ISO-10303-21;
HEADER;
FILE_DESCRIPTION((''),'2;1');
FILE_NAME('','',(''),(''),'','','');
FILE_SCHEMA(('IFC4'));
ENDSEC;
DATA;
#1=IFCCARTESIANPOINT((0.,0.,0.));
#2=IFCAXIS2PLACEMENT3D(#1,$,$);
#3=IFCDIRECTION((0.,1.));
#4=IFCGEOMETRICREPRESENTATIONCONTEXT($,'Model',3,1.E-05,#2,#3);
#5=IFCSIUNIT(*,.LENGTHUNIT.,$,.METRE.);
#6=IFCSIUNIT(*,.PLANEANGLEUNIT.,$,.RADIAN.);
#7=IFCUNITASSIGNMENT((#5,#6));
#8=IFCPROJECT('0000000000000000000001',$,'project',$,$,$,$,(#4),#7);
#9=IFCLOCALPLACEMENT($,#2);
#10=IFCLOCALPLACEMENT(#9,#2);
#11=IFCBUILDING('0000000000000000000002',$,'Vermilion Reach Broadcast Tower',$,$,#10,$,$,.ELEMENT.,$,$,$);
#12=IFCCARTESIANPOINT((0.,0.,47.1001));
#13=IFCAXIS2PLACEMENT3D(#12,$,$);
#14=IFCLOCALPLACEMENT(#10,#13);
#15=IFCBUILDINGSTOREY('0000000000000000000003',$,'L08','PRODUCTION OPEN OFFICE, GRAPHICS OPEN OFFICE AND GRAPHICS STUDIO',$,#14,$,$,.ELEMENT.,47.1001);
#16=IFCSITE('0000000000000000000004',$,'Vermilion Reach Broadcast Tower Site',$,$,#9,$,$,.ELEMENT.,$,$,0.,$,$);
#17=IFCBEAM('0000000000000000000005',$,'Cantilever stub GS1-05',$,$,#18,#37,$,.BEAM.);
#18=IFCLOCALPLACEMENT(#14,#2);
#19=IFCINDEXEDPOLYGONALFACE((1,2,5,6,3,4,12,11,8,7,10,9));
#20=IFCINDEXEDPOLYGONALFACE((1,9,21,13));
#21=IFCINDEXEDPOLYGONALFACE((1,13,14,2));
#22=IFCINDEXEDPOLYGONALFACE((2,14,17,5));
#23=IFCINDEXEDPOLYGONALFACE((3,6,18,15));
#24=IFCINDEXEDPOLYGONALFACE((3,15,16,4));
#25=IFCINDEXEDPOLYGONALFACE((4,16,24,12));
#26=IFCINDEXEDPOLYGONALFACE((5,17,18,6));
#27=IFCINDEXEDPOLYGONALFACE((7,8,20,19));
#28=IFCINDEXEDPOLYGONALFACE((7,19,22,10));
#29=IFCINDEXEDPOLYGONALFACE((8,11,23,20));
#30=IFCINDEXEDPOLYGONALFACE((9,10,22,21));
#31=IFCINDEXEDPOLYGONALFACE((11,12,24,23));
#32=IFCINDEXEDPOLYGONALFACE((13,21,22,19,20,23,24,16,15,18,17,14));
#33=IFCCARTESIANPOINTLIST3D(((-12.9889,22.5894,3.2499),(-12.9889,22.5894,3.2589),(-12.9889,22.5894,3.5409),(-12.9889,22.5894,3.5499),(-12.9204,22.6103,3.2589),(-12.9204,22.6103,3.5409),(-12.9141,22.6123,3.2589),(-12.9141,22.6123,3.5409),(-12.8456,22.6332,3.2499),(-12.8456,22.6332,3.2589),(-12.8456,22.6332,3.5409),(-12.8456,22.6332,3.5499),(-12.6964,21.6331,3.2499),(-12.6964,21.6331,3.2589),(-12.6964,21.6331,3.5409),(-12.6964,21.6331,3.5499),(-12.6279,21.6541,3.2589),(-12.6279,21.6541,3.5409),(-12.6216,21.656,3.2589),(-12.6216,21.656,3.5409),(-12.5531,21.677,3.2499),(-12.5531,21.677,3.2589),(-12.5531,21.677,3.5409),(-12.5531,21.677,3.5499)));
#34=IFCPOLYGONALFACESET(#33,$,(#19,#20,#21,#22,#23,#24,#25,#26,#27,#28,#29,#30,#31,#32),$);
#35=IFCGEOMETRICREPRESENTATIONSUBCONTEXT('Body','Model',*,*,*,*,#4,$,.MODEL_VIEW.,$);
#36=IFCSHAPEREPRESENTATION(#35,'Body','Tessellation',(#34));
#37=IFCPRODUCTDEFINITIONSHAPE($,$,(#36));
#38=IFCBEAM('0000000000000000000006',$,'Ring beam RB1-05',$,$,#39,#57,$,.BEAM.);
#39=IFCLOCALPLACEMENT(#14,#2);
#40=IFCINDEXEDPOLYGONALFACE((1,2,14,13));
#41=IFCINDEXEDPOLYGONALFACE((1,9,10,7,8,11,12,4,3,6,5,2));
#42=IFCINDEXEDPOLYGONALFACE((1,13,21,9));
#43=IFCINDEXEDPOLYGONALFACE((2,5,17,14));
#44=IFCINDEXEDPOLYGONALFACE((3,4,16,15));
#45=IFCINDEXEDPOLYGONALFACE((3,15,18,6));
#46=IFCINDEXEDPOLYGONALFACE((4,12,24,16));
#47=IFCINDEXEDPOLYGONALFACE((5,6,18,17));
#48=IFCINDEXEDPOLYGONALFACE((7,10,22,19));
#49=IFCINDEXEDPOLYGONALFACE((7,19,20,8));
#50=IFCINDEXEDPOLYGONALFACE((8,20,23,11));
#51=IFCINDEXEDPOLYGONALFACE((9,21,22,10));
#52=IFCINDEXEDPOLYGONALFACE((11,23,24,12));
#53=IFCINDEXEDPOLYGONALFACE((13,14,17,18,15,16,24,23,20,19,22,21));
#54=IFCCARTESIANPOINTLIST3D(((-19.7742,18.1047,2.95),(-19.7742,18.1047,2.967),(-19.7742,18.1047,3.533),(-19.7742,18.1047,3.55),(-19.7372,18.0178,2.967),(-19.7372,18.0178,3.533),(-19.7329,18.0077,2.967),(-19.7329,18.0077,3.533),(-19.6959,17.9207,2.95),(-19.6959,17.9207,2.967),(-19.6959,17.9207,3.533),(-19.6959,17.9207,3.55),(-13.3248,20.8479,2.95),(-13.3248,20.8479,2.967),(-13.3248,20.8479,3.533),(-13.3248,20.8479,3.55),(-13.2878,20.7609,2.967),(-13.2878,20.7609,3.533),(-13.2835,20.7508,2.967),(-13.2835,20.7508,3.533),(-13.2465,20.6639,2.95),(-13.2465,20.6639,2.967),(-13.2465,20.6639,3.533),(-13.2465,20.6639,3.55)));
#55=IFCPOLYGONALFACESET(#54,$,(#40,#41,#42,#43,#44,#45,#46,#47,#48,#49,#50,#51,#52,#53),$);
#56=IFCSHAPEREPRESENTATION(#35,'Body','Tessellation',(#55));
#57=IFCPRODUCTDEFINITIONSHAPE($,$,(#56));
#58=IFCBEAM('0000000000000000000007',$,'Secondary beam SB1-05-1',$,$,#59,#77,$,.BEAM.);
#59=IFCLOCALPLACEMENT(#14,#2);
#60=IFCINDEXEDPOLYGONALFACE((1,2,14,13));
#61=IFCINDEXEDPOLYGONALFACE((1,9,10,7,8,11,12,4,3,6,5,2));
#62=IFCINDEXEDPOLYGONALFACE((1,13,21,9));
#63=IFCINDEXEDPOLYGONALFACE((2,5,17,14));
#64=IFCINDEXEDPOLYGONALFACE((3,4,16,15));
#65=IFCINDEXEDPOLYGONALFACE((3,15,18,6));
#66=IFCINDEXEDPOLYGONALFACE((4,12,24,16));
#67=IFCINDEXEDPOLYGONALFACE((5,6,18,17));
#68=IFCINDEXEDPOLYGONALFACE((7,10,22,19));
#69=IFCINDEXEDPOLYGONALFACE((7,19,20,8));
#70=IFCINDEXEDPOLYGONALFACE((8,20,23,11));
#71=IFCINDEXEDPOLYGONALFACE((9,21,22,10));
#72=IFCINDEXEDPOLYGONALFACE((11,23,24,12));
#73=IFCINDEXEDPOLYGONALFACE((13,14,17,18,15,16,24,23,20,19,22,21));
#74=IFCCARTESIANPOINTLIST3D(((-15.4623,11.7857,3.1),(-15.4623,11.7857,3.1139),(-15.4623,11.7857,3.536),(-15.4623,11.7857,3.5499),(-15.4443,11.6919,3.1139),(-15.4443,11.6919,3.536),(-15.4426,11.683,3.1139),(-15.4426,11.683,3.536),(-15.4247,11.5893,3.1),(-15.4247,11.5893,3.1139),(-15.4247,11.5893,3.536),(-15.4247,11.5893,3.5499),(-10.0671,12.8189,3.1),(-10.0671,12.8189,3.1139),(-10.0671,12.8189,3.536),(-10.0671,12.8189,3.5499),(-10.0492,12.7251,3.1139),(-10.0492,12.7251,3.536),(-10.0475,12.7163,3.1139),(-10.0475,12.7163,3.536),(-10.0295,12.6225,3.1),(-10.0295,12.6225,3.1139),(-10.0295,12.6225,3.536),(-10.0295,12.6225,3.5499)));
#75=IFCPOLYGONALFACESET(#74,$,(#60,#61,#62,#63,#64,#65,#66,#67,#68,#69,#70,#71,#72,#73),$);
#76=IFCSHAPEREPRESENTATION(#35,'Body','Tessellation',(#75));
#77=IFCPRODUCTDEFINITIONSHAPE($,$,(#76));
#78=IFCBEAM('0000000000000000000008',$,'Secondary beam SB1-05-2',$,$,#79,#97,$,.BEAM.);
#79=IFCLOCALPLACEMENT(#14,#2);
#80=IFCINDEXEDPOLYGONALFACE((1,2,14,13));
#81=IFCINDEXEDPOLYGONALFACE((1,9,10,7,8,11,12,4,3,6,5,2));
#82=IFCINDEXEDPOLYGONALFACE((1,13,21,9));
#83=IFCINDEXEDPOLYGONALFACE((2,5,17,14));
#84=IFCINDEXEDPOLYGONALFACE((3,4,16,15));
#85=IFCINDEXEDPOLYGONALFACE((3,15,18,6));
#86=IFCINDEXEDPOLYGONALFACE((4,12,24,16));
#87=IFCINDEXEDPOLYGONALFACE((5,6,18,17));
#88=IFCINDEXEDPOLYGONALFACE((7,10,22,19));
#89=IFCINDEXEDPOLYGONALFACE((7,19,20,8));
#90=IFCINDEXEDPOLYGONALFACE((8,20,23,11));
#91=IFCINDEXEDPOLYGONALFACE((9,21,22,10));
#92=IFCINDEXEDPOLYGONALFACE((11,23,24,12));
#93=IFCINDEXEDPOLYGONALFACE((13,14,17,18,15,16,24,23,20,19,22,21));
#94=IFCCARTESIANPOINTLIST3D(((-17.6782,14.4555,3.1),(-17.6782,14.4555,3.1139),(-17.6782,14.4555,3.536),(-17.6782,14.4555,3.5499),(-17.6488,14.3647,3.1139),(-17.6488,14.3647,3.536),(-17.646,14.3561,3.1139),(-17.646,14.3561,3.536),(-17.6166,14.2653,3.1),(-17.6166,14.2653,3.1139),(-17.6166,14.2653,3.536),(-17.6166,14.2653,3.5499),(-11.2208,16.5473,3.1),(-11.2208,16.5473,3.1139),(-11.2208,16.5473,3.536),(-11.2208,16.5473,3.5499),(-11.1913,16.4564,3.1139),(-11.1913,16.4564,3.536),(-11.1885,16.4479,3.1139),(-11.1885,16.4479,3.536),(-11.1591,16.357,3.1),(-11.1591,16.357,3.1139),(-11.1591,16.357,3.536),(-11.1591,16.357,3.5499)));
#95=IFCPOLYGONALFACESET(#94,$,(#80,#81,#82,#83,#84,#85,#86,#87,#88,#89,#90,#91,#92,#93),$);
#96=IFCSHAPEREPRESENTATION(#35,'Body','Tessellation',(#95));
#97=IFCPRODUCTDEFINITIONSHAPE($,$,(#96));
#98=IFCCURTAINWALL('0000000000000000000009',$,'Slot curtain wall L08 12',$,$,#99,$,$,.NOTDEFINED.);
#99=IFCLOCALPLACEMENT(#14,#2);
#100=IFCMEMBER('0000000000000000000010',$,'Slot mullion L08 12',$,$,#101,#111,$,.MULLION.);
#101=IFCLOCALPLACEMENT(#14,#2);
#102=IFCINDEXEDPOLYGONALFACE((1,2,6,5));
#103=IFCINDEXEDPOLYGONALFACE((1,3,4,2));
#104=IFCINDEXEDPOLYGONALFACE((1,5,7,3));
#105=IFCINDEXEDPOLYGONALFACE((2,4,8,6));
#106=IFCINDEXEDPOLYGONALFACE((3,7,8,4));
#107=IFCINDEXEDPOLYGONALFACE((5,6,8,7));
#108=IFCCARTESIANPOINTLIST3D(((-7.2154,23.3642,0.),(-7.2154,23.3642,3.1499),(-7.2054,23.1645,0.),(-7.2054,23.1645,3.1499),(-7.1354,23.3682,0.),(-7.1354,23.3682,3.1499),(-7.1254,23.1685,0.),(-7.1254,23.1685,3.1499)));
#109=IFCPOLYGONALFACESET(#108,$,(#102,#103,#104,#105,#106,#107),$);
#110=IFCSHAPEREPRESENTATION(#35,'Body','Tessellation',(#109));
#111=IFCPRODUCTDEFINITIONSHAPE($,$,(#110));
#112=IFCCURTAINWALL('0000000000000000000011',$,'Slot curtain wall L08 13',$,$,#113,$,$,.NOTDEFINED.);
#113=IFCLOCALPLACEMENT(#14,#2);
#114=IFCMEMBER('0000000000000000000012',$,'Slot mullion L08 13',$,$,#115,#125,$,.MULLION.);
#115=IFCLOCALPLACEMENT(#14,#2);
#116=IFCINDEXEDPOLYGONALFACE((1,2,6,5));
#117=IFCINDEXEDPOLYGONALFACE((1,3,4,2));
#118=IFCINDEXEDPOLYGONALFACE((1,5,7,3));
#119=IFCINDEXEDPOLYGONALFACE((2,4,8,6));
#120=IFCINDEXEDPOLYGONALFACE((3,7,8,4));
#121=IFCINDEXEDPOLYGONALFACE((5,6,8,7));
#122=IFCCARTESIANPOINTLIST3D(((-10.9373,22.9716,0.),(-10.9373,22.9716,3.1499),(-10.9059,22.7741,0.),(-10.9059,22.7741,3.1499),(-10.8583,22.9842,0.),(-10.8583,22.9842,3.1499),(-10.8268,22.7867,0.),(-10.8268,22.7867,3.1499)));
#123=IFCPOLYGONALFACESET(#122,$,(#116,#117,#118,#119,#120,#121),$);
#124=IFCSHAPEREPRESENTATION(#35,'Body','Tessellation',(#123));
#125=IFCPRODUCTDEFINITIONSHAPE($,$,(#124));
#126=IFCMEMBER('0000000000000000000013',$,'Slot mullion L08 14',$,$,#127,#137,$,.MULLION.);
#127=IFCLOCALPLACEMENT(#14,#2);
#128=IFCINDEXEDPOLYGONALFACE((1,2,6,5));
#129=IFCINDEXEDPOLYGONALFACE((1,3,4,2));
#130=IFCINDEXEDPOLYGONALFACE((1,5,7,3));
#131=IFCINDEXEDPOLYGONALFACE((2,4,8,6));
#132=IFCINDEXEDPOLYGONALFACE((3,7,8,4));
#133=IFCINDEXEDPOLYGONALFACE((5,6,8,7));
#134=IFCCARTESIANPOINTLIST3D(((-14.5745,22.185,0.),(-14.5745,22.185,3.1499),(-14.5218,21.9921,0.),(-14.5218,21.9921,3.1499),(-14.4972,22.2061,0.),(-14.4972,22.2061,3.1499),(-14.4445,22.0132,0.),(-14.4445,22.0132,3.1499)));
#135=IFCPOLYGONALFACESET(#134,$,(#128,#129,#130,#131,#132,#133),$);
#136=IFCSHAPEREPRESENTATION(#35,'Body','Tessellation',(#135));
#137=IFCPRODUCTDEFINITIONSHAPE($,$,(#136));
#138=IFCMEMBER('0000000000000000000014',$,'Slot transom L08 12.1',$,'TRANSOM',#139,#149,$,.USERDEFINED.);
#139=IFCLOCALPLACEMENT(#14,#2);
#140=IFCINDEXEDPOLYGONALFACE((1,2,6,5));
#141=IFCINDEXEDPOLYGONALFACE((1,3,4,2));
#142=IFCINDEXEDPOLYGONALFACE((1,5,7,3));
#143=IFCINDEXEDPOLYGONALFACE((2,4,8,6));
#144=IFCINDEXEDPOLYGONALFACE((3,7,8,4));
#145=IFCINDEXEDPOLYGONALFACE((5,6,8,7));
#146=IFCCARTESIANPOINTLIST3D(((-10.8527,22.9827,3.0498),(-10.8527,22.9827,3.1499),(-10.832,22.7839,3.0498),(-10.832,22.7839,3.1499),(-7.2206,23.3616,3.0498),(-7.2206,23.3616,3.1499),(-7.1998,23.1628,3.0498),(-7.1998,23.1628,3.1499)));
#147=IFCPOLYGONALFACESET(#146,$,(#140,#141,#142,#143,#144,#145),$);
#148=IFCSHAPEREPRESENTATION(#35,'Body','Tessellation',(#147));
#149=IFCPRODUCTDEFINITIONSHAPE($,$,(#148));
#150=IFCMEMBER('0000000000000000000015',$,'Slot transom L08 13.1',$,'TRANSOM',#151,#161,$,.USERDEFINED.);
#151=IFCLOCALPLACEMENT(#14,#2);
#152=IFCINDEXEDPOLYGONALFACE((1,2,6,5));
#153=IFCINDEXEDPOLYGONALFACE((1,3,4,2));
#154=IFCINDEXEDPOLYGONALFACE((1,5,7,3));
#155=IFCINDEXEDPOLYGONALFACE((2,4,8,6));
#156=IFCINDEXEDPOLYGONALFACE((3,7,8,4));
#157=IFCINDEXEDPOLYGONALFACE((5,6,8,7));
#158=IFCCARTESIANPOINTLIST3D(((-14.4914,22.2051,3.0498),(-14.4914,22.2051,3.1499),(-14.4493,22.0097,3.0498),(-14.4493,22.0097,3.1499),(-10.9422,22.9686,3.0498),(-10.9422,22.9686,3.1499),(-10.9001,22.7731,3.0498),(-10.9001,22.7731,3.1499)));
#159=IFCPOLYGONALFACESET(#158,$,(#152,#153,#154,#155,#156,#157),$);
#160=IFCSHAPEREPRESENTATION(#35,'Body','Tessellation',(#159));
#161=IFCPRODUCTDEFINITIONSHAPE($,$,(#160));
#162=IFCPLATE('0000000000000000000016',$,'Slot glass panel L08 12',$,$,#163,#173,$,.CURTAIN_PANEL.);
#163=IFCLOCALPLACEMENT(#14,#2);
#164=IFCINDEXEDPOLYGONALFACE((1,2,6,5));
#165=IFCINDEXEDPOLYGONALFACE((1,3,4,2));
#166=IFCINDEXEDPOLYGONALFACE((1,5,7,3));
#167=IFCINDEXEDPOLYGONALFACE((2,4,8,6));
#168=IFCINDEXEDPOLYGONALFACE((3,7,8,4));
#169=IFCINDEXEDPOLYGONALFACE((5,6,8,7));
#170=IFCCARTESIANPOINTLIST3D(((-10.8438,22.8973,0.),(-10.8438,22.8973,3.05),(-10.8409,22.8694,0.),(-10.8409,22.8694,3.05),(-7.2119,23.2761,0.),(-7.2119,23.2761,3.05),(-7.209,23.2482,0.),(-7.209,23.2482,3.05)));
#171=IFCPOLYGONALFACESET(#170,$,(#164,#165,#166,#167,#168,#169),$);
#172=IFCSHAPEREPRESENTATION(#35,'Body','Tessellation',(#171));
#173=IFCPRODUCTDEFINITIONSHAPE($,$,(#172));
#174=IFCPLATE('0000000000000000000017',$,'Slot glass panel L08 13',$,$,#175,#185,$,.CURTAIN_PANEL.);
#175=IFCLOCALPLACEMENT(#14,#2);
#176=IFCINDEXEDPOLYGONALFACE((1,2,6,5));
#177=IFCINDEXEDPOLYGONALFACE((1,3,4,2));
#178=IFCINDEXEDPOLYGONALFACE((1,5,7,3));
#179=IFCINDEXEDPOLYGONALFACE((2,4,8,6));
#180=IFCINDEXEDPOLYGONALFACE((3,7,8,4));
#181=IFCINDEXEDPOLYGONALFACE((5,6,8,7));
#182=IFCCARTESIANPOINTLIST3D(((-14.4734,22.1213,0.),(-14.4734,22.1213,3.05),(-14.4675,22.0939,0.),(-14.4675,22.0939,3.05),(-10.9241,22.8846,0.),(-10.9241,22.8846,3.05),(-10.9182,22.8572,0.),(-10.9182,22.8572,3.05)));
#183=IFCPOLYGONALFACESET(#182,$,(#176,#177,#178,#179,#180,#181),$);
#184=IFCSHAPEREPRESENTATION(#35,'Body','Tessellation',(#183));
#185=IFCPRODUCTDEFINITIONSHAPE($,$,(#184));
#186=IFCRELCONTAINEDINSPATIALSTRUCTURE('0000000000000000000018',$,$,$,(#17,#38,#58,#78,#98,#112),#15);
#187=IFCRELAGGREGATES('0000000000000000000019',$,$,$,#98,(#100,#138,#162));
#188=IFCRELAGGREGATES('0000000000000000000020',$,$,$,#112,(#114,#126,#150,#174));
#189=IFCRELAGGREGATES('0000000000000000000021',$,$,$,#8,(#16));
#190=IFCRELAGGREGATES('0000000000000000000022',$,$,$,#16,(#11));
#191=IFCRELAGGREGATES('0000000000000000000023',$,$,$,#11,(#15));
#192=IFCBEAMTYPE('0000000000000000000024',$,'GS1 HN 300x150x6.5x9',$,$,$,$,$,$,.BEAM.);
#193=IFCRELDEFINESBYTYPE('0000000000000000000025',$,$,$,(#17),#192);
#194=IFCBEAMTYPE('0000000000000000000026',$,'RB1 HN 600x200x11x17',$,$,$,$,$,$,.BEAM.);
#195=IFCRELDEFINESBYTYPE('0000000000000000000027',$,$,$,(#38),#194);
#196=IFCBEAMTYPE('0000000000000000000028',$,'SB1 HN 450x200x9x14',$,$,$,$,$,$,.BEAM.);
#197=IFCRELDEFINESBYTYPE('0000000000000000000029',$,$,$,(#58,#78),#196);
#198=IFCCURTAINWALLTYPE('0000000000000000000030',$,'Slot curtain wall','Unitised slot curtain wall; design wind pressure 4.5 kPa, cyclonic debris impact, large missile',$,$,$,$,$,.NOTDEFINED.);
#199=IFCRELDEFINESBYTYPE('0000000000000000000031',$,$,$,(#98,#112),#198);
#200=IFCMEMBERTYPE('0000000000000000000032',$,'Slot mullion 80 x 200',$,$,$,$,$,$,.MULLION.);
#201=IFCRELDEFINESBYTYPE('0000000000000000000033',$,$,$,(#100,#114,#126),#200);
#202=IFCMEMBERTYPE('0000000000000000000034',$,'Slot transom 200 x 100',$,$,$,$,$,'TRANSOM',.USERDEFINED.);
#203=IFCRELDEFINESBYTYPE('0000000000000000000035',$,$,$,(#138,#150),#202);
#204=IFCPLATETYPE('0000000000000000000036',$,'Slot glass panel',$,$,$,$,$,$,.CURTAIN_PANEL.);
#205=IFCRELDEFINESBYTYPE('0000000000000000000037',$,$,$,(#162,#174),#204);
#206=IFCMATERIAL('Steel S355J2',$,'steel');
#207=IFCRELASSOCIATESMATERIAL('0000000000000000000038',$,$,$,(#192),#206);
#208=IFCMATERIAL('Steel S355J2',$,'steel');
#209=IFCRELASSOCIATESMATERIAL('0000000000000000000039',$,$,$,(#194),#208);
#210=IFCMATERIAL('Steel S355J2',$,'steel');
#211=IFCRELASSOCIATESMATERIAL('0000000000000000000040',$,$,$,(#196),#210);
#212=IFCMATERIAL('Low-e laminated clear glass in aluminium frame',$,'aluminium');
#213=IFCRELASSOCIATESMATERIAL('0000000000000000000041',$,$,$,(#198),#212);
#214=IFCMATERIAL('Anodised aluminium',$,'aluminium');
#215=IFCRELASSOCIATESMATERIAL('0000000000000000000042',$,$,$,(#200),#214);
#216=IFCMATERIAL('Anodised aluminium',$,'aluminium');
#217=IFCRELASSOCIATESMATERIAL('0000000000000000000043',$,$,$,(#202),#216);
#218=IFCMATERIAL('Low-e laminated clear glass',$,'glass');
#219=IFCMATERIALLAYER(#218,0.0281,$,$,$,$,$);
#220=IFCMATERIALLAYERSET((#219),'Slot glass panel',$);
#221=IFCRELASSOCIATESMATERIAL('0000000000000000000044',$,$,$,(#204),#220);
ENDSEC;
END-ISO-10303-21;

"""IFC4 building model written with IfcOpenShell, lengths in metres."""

from ifc_helpers import new_model, si_unit, direction, frame, origin, origin_2d, place, context, subcontext, project, spatial, rectangle, i_section, extrude, material, layer, layer_set, material_profile, profile_set, type_object, element, aggregate, save


model = new_model("IFC4")

# Units and contexts
model_context = context("Model", 3, precision=1e-05, world=origin(), true_north=direction((0.0, 1.0)))
body_context = subcontext(model_context, "Body", "Model", "MODEL_VIEW")
ifc_project = project(units=[si_unit("LENGTHUNIT", "METRE"), si_unit("PLANEANGLEUNIT", "RADIAN")], contexts=[model_context])

# Site, building, storey
site_placement = place(None, origin())
site = spatial("IfcSite", under=ifc_project, at=site_placement, Name="Vermilion Reach Broadcast Tower Site", CompositionType="ELEMENT", RefElevation=0.0)
building_placement = place(site_placement, origin())
building = spatial("IfcBuilding", under=site, at=building_placement, Name="Vermilion Reach Broadcast Tower", CompositionType="ELEMENT")
storey_placement = place(building_placement, frame((0.0, 0.0, 47.1001)))
storey = spatial("IfcBuildingStorey", under=building, at=storey_placement, Name="L08", Description="PRODUCTION OPEN OFFICE, GRAPHICS OPEN OFFICE AND GRAPHICS STUDIO", CompositionType="ELEMENT", Elevation=47.1001)

# Beams
ifc_material_1 = material(Name="Steel S355J2", Category="steel")
ifc_material_profile_1 = material_profile(ifc_material_1, i_section(OverallWidth=0.1499, OverallDepth=0.3, WebThickness=0.0066, FlangeThickness=0.009, at=origin_2d()), Name="S355J2 HN 300x150x6.5x9")
ifc_profile_set_1 = profile_set([ifc_material_profile_1], Name="Steel S355J2")
beam_type_1 = type_object("IfcBeamType", Name="GS1 HN 300x150x6.5x9", PredefinedType="BEAM", material=ifc_profile_set_1)
beam_1_placement = place(storey_placement, frame((-12.6248, 21.655, 3.3999), z_axis=(-0.292473, 0.956274, 0.0), x_axis=(-0.956274, -0.292473, 0.0)))
element("IfcBeam", 1, at=beam_1_placement, inside=storey, type_object=beam_type_1, Name="Cantilever stub GS1-05", PredefinedType="BEAM", context=body_context, shape_type="SweptSolid", body=[
    extrude(i_section(OverallWidth=0.1499, OverallDepth=0.3, WebThickness=0.0066, FlangeThickness=0.009, at=origin_2d()), origin(), (0.0, 0.0, 1.0), 1.0),
])
ifc_material_2 = material(Name="Steel S355J2", Category="steel")
ifc_material_profile_2 = material_profile(ifc_material_2, i_section(OverallWidth=0.2, OverallDepth=0.6001, WebThickness=0.011, FlangeThickness=0.0171, at=origin_2d()), Name="S355J2 HN 600x200x11x17")
ifc_profile_set_2 = profile_set([ifc_material_profile_2], Name="Steel S355J2")
beam_type_2 = type_object("IfcBeamType", Name="RB1 HN 600x200x11x17", PredefinedType="BEAM", material=ifc_profile_set_2)
beam_2_placement = place(storey_placement, frame((-13.2856, 20.7559, 3.25), z_axis=(-0.920221, -0.3914, 0.0), x_axis=(0.3914, -0.920221, 0.0)))
element("IfcBeam", 2, at=beam_2_placement, inside=storey, type_object=beam_type_2, Name="Ring beam RB1-05", PredefinedType="BEAM", context=body_context, shape_type="SweptSolid", body=[
    extrude(i_section(OverallWidth=0.2, OverallDepth=0.6001, WebThickness=0.011, FlangeThickness=0.0171, at=origin_2d()), origin(), (0.0, 0.0, 1.0), 7.0085),
])
ifc_material_3 = material(Name="Steel S355J2", Category="steel")
ifc_material_profile_3 = material_profile(ifc_material_3, i_section(OverallWidth=0.2, OverallDepth=0.45, WebThickness=0.009, FlangeThickness=0.0139, at=origin_2d()), Name="S355J2 HN 450x200x9x14")
ifc_profile_set_3 = profile_set([ifc_material_profile_3], Name="Steel S355J2")
beam_type_3 = type_object("IfcBeamType", Name="SB1 HN 450x200x9x14", PredefinedType="BEAM", material=ifc_profile_set_3)
beam_3_placement = place(storey_placement, frame((-10.0483, 12.7207, 3.325), z_axis=(-0.982151, -0.188092, 0.0), x_axis=(0.188092, -0.982151, 0.0)))
element("IfcBeam", 3, at=beam_3_placement, inside=storey, type_object=beam_type_3, Name="Secondary beam SB1-05-1", PredefinedType="BEAM", context=body_context, shape_type="SweptSolid", body=[
    extrude(i_section(OverallWidth=0.2, OverallDepth=0.45, WebThickness=0.009, FlangeThickness=0.0139, at=origin_2d()), origin(), (0.0, 0.0, 1.0), 5.4932),
])
beam_4_placement = place(storey_placement, frame((-11.1899, 16.4521, 3.325), z_axis=(-0.951332, -0.308167, 0.0), x_axis=(0.308167, -0.951332, 0.0)))
element("IfcBeam", 4, at=beam_4_placement, inside=storey, type_object=beam_type_3, Name="Secondary beam SB1-05-2", PredefinedType="BEAM", context=body_context, shape_type="SweptSolid", body=[
    extrude(i_section(OverallWidth=0.2, OverallDepth=0.45, WebThickness=0.009, FlangeThickness=0.0139, at=origin_2d()), origin(), (0.0, 0.0, 1.0), 6.7878),
])

# Curtain wall, member
ifc_material_4 = material(Name="Low-e laminated clear glass in aluminium frame", Category="aluminium")
curtain_wall_type = type_object("IfcCurtainWallType", Name="Slot curtain wall", Description="Unitised slot curtain wall; design wind pressure 4.5 kPa, cyclonic debris impact, large missile", PredefinedType="NOTDEFINED", material=ifc_material_4)
placement = place(storey_placement, origin())
curtain_wall_1 = element("IfcCurtainWall", 5, at=placement, inside=storey, type_object=curtain_wall_type, Name="Slot curtain wall L08 12", PredefinedType="NOTDEFINED")
ifc_material_5 = material(Name="Anodised aluminium", Category="aluminium")
ifc_material_profile_4 = material_profile(ifc_material_5, rectangle(XDim=0.2, YDim=0.0801, at=origin_2d()), Name="Slot mullion 80 x 200")
ifc_profile_set_4 = profile_set([ifc_material_profile_4], Name="Anodised aluminium")
member_type_1 = type_object("IfcMemberType", Name="Slot mullion 80 x 200", PredefinedType="MULLION", material=ifc_profile_set_4)
member_1_placement = place(storey_placement, frame((-7.1704, 23.2664, 0.0), z_axis=(0.0, 0.0, 1.0), x_axis=(0.050244, -0.998737, 0.0)))
member_1 = element("IfcMember", 6, at=member_1_placement, type_object=member_type_1, Name="Slot mullion L08 12", PredefinedType="MULLION", context=body_context, shape_type="SweptSolid", body=[
    extrude(rectangle(XDim=0.2, YDim=0.0801, at=origin_2d()), origin(), (0.0, 0.0, 1.0), 3.1499),
])

# Curtain wall, members
curtain_wall_2 = element("IfcCurtainWall", 7, at=placement, inside=storey, type_object=curtain_wall_type, Name="Slot curtain wall L08 13", PredefinedType="NOTDEFINED")
member_2_placement = place(storey_placement, frame((-10.8821, 22.8792, 0.0), z_axis=(0.0, 0.0, 1.0), x_axis=(0.157226, -0.987563, 0.0)))
member_2 = element("IfcMember", 8, at=member_2_placement, type_object=member_type_1, Name="Slot mullion L08 13", PredefinedType="MULLION", context=body_context, shape_type="SweptSolid", body=[
    extrude(rectangle(XDim=0.2, YDim=0.0801, at=origin_2d()), origin(), (0.0, 0.0, 1.0), 3.1499),
])
member_3_placement = place(storey_placement, frame((-14.5095, 22.0991, 0.0), z_axis=(0.0, 0.0, 1.0), x_axis=(0.263553, -0.964645, 0.0)))
member_3 = element("IfcMember", 9, at=member_3_placement, type_object=member_type_1, Name="Slot mullion L08 14", PredefinedType="MULLION", context=body_context, shape_type="SweptSolid", body=[
    extrude(rectangle(XDim=0.2, YDim=0.0801, at=origin_2d()), origin(), (0.0, 0.0, 1.0), 3.1499),
])

# Members
ifc_material_6 = material(Name="Anodised aluminium", Category="aluminium")
ifc_material_profile_5 = material_profile(ifc_material_6, rectangle(XDim=0.2, YDim=0.1001, at=origin_2d()), Name="Slot transom 200 x 100")
ifc_profile_set_5 = profile_set([ifc_material_profile_5], Name="Anodised aluminium")
member_type_2 = type_object("IfcMemberType", Name="Slot transom 200 x 100", ElementType="TRANSOM", PredefinedType="USERDEFINED", material=ifc_profile_set_5)
member_4_placement = place(storey_placement, frame((-7.2102, 23.2622, 3.0999), z_axis=(-0.994602, -0.103759, 0.0), x_axis=(0.103759, -0.994602, 0.0)))
member_4 = element("IfcMember", 10, at=member_4_placement, type_object=member_type_2, Name="Slot transom L08 12.1", ObjectType="TRANSOM", PredefinedType="USERDEFINED", context=body_context, shape_type="SweptSolid", body=[
    extrude(rectangle(XDim=0.2, YDim=0.1001, at=origin_2d()), origin(), (0.0, 0.0, 1.0), 3.6519),
])
member_5_placement = place(storey_placement, frame((-10.9211, 22.8708, 3.0999), z_axis=(-0.977638, -0.210296, 0.0), x_axis=(0.210296, -0.977638, 0.0)))
member_5 = element("IfcMember", 11, at=member_5_placement, type_object=member_type_2, Name="Slot transom L08 13.1", ObjectType="TRANSOM", PredefinedType="USERDEFINED", context=body_context, shape_type="SweptSolid", body=[
    extrude(rectangle(XDim=0.2, YDim=0.1001, at=origin_2d()), origin(), (0.0, 0.0, 1.0), 3.6304),
])

# Plates
ifc_material_7 = material(Name="Low-e laminated clear glass", Category="glass")
ifc_layer_1 = layer(ifc_material_7, 0.0281)
ifc_layer_set_1 = layer_set([ifc_layer_1], Name="Slot glass panel")
plate_type = type_object("IfcPlateType", Name="Slot glass panel", PredefinedType="CURTAIN_PANEL", material=ifc_layer_set_1)
plate_1_placement = place(storey_placement, frame((-9.0264, 23.0728, 0.0), z_axis=(0.0, 0.0, 1.0), x_axis=(-0.994605, -0.103736, 0.0)))
plate_1 = element("IfcPlate", 12, at=plate_1_placement, type_object=plate_type, Name="Slot glass panel L08 12", PredefinedType="CURTAIN_PANEL", context=body_context, shape_type="SweptSolid", body=[
    extrude(rectangle(XDim=3.6516, YDim=0.0281, at=origin_2d()), origin(), (0.0, 0.0, 1.0), 3.05),
])
aggregate(curtain_wall_1, [member_1, member_4, plate_1])
plate_2_placement = place(storey_placement, frame((-12.6958, 22.4893, 0.0), z_axis=(0.0, 0.0, 1.0), x_axis=(-0.977646, -0.210259, 0.0)))
plate_2 = element("IfcPlate", 13, at=plate_2_placement, type_object=plate_type, Name="Slot glass panel L08 13", PredefinedType="CURTAIN_PANEL", context=body_context, shape_type="SweptSolid", body=[
    extrude(rectangle(XDim=3.6304, YDim=0.0281, at=origin_2d()), origin(), (0.0, 0.0, 1.0), 3.05),
])
aggregate(curtain_wall_2, [member_2, member_3, member_5, plate_2])

save(model, "model.ifc")
